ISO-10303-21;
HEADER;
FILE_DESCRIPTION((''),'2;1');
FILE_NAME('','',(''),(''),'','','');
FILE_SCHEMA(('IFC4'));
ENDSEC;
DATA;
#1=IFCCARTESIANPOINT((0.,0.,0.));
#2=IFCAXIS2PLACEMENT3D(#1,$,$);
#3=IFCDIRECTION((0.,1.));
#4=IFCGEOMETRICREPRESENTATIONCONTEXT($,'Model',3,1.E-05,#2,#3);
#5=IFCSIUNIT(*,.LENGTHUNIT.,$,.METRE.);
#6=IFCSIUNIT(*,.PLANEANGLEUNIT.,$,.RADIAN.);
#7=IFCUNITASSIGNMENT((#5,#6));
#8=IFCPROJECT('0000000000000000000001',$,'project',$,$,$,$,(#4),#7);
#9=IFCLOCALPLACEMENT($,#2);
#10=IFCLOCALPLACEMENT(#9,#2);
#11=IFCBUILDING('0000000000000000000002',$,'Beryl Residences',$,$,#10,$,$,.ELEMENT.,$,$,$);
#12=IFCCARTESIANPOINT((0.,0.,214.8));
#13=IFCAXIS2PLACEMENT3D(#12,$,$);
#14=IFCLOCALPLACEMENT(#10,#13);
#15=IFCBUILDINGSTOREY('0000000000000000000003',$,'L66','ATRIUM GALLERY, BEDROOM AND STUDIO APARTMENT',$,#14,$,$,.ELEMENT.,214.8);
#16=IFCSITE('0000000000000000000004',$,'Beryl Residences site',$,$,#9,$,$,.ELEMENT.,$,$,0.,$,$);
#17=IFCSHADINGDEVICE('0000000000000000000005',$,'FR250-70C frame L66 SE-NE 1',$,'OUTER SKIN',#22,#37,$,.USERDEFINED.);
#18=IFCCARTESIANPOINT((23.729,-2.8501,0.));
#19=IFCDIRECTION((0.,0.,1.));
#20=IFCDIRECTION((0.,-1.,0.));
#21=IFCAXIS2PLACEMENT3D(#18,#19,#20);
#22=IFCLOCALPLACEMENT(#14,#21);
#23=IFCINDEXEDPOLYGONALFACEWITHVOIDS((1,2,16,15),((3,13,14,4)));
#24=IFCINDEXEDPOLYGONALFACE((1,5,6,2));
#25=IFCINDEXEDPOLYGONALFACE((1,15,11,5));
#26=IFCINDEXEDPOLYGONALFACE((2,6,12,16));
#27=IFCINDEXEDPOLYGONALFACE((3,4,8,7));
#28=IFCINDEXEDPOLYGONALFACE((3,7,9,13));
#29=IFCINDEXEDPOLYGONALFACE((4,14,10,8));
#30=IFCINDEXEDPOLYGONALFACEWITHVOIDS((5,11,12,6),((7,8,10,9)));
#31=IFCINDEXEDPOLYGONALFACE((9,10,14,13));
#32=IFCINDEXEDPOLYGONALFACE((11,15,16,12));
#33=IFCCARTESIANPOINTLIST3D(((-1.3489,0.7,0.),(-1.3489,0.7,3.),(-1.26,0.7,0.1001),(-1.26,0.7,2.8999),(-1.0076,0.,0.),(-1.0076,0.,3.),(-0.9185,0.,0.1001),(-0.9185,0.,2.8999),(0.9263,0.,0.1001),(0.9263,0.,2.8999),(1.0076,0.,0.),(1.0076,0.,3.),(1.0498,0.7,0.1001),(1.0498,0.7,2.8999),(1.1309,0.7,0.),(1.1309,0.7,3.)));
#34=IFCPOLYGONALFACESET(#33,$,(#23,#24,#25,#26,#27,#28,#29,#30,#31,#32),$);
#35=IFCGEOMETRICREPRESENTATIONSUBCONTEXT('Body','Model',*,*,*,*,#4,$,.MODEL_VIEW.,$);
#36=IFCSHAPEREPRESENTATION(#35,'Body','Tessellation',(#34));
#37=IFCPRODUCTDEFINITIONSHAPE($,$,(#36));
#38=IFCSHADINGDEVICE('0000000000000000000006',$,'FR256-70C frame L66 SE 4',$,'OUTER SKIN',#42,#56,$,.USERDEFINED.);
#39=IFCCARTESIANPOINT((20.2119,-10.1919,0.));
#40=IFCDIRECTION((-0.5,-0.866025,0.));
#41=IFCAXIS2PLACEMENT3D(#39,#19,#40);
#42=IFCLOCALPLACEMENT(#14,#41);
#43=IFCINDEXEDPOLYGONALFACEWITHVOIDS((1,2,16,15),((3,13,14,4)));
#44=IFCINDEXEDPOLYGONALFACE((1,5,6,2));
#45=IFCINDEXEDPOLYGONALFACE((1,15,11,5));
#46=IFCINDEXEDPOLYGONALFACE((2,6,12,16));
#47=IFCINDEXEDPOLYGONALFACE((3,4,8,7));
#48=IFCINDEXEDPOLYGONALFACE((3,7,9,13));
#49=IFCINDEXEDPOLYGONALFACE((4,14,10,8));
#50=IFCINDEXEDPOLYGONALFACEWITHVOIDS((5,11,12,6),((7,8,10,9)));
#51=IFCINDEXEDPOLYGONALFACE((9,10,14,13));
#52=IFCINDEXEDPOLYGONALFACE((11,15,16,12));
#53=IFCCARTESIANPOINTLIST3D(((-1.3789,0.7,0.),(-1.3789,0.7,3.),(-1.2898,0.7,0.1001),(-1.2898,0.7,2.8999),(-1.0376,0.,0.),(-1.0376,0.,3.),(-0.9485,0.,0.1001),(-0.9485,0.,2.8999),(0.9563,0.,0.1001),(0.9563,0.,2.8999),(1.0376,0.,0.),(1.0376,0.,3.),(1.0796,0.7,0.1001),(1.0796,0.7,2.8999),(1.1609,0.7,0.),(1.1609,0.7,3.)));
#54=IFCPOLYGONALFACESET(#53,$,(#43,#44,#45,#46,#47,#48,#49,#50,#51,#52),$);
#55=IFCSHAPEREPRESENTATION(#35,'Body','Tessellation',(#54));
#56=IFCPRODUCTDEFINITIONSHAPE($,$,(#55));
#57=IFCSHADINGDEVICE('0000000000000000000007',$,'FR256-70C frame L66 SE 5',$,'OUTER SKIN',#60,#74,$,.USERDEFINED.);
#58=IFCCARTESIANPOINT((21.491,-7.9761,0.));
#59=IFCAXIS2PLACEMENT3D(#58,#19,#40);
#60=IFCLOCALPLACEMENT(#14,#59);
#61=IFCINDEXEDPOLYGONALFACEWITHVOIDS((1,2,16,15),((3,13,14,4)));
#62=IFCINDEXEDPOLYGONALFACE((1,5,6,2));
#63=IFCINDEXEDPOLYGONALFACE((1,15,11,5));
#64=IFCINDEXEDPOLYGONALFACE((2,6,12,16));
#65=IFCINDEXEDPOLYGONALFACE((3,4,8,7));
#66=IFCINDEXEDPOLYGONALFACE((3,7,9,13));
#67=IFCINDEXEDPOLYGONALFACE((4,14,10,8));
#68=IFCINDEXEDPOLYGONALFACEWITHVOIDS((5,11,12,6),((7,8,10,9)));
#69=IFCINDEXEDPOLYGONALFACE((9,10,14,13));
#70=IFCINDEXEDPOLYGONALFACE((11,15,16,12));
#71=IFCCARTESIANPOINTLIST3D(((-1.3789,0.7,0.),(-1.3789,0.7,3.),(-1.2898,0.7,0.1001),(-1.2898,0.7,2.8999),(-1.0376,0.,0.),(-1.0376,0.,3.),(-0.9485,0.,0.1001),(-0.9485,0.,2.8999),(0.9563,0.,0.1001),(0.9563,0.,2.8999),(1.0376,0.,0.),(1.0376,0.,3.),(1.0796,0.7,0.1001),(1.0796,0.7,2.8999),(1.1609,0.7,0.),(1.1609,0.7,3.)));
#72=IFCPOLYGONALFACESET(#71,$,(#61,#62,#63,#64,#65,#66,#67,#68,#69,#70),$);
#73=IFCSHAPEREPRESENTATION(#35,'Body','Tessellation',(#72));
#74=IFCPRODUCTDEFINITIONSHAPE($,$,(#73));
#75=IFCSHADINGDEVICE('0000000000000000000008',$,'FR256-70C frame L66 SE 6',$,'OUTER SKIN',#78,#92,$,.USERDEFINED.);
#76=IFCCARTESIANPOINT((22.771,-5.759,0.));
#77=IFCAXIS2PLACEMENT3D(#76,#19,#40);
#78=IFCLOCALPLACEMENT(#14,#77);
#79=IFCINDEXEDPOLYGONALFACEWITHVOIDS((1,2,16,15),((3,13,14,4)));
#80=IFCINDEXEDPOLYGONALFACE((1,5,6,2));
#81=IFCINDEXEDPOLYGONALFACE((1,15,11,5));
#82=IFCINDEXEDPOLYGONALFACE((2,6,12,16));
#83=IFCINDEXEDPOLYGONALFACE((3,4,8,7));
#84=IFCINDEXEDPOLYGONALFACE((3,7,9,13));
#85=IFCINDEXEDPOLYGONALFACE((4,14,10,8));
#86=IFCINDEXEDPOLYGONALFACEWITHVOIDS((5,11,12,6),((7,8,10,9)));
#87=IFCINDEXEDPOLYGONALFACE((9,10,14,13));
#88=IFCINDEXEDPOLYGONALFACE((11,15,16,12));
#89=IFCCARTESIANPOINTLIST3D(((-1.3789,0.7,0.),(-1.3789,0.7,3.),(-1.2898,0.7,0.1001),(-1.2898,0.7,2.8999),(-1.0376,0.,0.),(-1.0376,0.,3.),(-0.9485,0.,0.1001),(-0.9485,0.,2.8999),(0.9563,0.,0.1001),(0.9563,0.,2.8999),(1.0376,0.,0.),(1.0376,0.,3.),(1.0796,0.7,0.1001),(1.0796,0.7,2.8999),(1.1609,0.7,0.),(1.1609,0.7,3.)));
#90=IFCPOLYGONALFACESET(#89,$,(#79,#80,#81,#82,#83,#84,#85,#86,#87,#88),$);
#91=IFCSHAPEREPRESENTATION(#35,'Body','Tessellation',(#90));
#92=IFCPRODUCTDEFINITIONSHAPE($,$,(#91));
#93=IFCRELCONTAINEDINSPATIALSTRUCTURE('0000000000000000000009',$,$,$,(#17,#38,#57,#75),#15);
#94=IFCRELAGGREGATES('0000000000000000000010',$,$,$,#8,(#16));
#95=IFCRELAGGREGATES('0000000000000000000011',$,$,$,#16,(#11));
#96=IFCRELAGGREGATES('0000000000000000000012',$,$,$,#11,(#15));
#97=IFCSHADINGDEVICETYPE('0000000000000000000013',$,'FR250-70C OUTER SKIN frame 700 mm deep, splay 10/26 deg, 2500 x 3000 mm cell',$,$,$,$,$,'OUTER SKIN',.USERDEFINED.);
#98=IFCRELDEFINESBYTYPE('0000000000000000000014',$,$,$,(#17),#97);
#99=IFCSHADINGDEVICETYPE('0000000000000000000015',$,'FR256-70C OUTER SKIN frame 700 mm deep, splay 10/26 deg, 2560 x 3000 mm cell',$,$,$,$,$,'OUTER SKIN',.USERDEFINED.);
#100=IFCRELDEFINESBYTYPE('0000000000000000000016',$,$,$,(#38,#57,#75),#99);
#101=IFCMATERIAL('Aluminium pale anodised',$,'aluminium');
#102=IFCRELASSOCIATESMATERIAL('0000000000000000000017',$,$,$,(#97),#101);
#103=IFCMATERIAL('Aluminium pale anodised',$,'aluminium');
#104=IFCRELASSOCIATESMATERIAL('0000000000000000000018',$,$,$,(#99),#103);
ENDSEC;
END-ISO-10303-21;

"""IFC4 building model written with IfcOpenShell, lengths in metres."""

from ifc_helpers import new_model, entity, si_unit, direction, frame, origin, place, context, subcontext, project, spatial, source, transform, mapped, material, type_object, type_shapes, element, save


model = new_model("IFC4")

# Units and contexts
model_context = context("Model", 3, precision=1e-05, world=origin(), true_north=direction((0.0, 1.0)))
body_context = subcontext(model_context, "Body", "Model", "MODEL_VIEW")
ifc_project = project(units=[si_unit("LENGTHUNIT", "METRE"), si_unit("PLANEANGLEUNIT", "RADIAN")], contexts=[model_context])

# Site, building, storey
site_placement = place(None, origin())
site = spatial("IfcSite", under=ifc_project, at=site_placement, Name="Beryl Residences site", CompositionType="ELEMENT", RefElevation=0.0)
building_placement = place(site_placement, origin())
building = spatial("IfcBuilding", under=site, at=building_placement, Name="Beryl Residences", CompositionType="ELEMENT")
storey_placement = place(building_placement, frame((0.0, 0.0, 214.8)))
storey = spatial("IfcBuildingStorey", under=building, at=storey_placement, Name="L66", Description="ATRIUM GALLERY, BEDROOM AND STUDIO APARTMENT", CompositionType="ELEMENT", Elevation=214.8)

# Shading devices
ifc_material_1 = material(Name="Aluminium pale anodised", Category="aluminium")
shading_device_type_1 = type_object("IfcShadingDeviceType", Name="FR250-70C OUTER SKIN frame 700 mm deep, splay 10/26 deg, 2500 x 3000 mm cell", ElementType="OUTER SKIN", PredefinedType="USERDEFINED", material=ifc_material_1)
cartesian_point_1 = entity("IfcCartesianPoint", [-1.0076, 0.0])
cartesian_point_2 = entity("IfcCartesianPoint", [-0.9263, 0.1001])
cartesian_point_3 = entity("IfcCartesianPoint", [-1.1309, 0.0])
cartesian_point_4 = entity("IfcCartesianPoint", [-1.0498, 0.1001])
shared_shape_1 = source(origin(), body_context, "Body", "SweptSolid", [
    entity("IfcExtrudedAreaSolidTapered", entity("IfcArbitraryProfileDefWithVoids", "AREA", None, entity("IfcPolyline", [cartesian_point_1, entity("IfcCartesianPoint", [1.0076, 0.0]), entity("IfcCartesianPoint", [1.0076, 3.0]), entity("IfcCartesianPoint", [-1.0076, 3.0]), cartesian_point_1]), [entity("IfcPolyline", [cartesian_point_2, entity("IfcCartesianPoint", [0.9185, 0.1001]), entity("IfcCartesianPoint", [0.9185, 2.8999]), entity("IfcCartesianPoint", [-0.9263, 2.8999]), cartesian_point_2])]), entity("IfcAxis2Placement3D", entity("IfcCartesianPoint", [0.0, 0.0, 0.0]), entity("IfcDirection", [0.0, 1.0, 0.0]), entity("IfcDirection", [-1.0, 0.0, 0.0])), entity("IfcDirection", [0.0, 0.0, 1.0]), 0.7, entity("IfcArbitraryProfileDefWithVoids", "AREA", None, entity("IfcPolyline", [cartesian_point_3, entity("IfcCartesianPoint", [1.3489, 0.0]), entity("IfcCartesianPoint", [1.3489, 3.0]), entity("IfcCartesianPoint", [-1.1309, 3.0]), cartesian_point_3]), [entity("IfcPolyline", [cartesian_point_4, entity("IfcCartesianPoint", [1.26, 0.1001]), entity("IfcCartesianPoint", [1.26, 2.8999]), entity("IfcCartesianPoint", [-1.0498, 2.8999]), cartesian_point_4])])),
])
type_shapes(shading_device_type_1, [shared_shape_1])
shading_device_placement = place(storey_placement, frame((23.729, -2.8501, 0.0), z_axis=(0.0, 0.0, 1.0), x_axis=(0.0, -1.0, 0.0)))
element("IfcShadingDevice", 1, at=shading_device_placement, inside=storey, type_object=shading_device_type_1, Name="FR250-70C frame L66 SE-NE 1", ObjectType="OUTER SKIN", PredefinedType="USERDEFINED", context=body_context, shape_type="MappedRepresentation", body=[
    mapped(shared_shape_1, transform((0.0, 0.0, 0.0))),
])
ifc_material_2 = material(Name="Aluminium pale anodised", Category="aluminium")
shading_device_type_2 = type_object("IfcShadingDeviceType", Name="FR256-70C OUTER SKIN frame 700 mm deep, splay 10/26 deg, 2560 x 3000 mm cell", ElementType="OUTER SKIN", PredefinedType="USERDEFINED", material=ifc_material_2)
cartesian_point_5 = entity("IfcCartesianPoint", [-1.0376, 0.0])
cartesian_point_6 = entity("IfcCartesianPoint", [-0.9563, 0.1001])
cartesian_point_7 = entity("IfcCartesianPoint", [-1.1609, 0.0])
cartesian_point_8 = entity("IfcCartesianPoint", [-1.0796, 0.1001])
shared_shape_2 = source(origin(), body_context, "Body", "SweptSolid", [
    entity("IfcExtrudedAreaSolidTapered", entity("IfcArbitraryProfileDefWithVoids", "AREA", None, entity("IfcPolyline", [cartesian_point_5, entity("IfcCartesianPoint", [1.0376, 0.0]), entity("IfcCartesianPoint", [1.0376, 3.0]), entity("IfcCartesianPoint", [-1.0376, 3.0]), cartesian_point_5]), [entity("IfcPolyline", [cartesian_point_6, entity("IfcCartesianPoint", [0.9485, 0.1001]), entity("IfcCartesianPoint", [0.9485, 2.8999]), entity("IfcCartesianPoint", [-0.9563, 2.8999]), cartesian_point_6])]), entity("IfcAxis2Placement3D", entity("IfcCartesianPoint", [0.0, 0.0, 0.0]), entity("IfcDirection", [0.0, 1.0, 0.0]), entity("IfcDirection", [-1.0, 0.0, 0.0])), entity("IfcDirection", [0.0, 0.0, 1.0]), 0.7, entity("IfcArbitraryProfileDefWithVoids", "AREA", None, entity("IfcPolyline", [cartesian_point_7, entity("IfcCartesianPoint", [1.3789, 0.0]), entity("IfcCartesianPoint", [1.3789, 3.0]), entity("IfcCartesianPoint", [-1.1609, 3.0]), cartesian_point_7]), [entity("IfcPolyline", [cartesian_point_8, entity("IfcCartesianPoint", [1.2898, 0.1001]), entity("IfcCartesianPoint", [1.2898, 2.8999]), entity("IfcCartesianPoint", [-1.0796, 2.8999]), cartesian_point_8])])),
])
type_shapes(shading_device_type_2, [shared_shape_2])
for number, where, z_axis, x_axis, name in (
    (2, (20.2119, -10.1919, 0.0), (0.0, 0.0, 1.0), (-0.5, -0.866025, 0.0), "FR256-70C frame L66 SE 4"),
    (3, (21.491, -7.9761, 0.0), (0.0, 0.0, 1.0), (-0.5, -0.866025, 0.0), "FR256-70C frame L66 SE 5"),
    (4, (22.771, -5.759, 0.0), (0.0, 0.0, 1.0), (-0.5, -0.866025, 0.0), "FR256-70C frame L66 SE 6"),
):
    element("IfcShadingDevice", number, at=place(storey_placement, frame(where, z_axis=z_axis, x_axis=x_axis)), inside=storey, type_object=shading_device_type_2, Name=name, ObjectType="OUTER SKIN", PredefinedType="USERDEFINED", context=body_context, shape_type="MappedRepresentation", body=[
        mapped(shared_shape_2, transform((0.0, 0.0, 0.0))),
    ])

save(model, "model.ifc")
